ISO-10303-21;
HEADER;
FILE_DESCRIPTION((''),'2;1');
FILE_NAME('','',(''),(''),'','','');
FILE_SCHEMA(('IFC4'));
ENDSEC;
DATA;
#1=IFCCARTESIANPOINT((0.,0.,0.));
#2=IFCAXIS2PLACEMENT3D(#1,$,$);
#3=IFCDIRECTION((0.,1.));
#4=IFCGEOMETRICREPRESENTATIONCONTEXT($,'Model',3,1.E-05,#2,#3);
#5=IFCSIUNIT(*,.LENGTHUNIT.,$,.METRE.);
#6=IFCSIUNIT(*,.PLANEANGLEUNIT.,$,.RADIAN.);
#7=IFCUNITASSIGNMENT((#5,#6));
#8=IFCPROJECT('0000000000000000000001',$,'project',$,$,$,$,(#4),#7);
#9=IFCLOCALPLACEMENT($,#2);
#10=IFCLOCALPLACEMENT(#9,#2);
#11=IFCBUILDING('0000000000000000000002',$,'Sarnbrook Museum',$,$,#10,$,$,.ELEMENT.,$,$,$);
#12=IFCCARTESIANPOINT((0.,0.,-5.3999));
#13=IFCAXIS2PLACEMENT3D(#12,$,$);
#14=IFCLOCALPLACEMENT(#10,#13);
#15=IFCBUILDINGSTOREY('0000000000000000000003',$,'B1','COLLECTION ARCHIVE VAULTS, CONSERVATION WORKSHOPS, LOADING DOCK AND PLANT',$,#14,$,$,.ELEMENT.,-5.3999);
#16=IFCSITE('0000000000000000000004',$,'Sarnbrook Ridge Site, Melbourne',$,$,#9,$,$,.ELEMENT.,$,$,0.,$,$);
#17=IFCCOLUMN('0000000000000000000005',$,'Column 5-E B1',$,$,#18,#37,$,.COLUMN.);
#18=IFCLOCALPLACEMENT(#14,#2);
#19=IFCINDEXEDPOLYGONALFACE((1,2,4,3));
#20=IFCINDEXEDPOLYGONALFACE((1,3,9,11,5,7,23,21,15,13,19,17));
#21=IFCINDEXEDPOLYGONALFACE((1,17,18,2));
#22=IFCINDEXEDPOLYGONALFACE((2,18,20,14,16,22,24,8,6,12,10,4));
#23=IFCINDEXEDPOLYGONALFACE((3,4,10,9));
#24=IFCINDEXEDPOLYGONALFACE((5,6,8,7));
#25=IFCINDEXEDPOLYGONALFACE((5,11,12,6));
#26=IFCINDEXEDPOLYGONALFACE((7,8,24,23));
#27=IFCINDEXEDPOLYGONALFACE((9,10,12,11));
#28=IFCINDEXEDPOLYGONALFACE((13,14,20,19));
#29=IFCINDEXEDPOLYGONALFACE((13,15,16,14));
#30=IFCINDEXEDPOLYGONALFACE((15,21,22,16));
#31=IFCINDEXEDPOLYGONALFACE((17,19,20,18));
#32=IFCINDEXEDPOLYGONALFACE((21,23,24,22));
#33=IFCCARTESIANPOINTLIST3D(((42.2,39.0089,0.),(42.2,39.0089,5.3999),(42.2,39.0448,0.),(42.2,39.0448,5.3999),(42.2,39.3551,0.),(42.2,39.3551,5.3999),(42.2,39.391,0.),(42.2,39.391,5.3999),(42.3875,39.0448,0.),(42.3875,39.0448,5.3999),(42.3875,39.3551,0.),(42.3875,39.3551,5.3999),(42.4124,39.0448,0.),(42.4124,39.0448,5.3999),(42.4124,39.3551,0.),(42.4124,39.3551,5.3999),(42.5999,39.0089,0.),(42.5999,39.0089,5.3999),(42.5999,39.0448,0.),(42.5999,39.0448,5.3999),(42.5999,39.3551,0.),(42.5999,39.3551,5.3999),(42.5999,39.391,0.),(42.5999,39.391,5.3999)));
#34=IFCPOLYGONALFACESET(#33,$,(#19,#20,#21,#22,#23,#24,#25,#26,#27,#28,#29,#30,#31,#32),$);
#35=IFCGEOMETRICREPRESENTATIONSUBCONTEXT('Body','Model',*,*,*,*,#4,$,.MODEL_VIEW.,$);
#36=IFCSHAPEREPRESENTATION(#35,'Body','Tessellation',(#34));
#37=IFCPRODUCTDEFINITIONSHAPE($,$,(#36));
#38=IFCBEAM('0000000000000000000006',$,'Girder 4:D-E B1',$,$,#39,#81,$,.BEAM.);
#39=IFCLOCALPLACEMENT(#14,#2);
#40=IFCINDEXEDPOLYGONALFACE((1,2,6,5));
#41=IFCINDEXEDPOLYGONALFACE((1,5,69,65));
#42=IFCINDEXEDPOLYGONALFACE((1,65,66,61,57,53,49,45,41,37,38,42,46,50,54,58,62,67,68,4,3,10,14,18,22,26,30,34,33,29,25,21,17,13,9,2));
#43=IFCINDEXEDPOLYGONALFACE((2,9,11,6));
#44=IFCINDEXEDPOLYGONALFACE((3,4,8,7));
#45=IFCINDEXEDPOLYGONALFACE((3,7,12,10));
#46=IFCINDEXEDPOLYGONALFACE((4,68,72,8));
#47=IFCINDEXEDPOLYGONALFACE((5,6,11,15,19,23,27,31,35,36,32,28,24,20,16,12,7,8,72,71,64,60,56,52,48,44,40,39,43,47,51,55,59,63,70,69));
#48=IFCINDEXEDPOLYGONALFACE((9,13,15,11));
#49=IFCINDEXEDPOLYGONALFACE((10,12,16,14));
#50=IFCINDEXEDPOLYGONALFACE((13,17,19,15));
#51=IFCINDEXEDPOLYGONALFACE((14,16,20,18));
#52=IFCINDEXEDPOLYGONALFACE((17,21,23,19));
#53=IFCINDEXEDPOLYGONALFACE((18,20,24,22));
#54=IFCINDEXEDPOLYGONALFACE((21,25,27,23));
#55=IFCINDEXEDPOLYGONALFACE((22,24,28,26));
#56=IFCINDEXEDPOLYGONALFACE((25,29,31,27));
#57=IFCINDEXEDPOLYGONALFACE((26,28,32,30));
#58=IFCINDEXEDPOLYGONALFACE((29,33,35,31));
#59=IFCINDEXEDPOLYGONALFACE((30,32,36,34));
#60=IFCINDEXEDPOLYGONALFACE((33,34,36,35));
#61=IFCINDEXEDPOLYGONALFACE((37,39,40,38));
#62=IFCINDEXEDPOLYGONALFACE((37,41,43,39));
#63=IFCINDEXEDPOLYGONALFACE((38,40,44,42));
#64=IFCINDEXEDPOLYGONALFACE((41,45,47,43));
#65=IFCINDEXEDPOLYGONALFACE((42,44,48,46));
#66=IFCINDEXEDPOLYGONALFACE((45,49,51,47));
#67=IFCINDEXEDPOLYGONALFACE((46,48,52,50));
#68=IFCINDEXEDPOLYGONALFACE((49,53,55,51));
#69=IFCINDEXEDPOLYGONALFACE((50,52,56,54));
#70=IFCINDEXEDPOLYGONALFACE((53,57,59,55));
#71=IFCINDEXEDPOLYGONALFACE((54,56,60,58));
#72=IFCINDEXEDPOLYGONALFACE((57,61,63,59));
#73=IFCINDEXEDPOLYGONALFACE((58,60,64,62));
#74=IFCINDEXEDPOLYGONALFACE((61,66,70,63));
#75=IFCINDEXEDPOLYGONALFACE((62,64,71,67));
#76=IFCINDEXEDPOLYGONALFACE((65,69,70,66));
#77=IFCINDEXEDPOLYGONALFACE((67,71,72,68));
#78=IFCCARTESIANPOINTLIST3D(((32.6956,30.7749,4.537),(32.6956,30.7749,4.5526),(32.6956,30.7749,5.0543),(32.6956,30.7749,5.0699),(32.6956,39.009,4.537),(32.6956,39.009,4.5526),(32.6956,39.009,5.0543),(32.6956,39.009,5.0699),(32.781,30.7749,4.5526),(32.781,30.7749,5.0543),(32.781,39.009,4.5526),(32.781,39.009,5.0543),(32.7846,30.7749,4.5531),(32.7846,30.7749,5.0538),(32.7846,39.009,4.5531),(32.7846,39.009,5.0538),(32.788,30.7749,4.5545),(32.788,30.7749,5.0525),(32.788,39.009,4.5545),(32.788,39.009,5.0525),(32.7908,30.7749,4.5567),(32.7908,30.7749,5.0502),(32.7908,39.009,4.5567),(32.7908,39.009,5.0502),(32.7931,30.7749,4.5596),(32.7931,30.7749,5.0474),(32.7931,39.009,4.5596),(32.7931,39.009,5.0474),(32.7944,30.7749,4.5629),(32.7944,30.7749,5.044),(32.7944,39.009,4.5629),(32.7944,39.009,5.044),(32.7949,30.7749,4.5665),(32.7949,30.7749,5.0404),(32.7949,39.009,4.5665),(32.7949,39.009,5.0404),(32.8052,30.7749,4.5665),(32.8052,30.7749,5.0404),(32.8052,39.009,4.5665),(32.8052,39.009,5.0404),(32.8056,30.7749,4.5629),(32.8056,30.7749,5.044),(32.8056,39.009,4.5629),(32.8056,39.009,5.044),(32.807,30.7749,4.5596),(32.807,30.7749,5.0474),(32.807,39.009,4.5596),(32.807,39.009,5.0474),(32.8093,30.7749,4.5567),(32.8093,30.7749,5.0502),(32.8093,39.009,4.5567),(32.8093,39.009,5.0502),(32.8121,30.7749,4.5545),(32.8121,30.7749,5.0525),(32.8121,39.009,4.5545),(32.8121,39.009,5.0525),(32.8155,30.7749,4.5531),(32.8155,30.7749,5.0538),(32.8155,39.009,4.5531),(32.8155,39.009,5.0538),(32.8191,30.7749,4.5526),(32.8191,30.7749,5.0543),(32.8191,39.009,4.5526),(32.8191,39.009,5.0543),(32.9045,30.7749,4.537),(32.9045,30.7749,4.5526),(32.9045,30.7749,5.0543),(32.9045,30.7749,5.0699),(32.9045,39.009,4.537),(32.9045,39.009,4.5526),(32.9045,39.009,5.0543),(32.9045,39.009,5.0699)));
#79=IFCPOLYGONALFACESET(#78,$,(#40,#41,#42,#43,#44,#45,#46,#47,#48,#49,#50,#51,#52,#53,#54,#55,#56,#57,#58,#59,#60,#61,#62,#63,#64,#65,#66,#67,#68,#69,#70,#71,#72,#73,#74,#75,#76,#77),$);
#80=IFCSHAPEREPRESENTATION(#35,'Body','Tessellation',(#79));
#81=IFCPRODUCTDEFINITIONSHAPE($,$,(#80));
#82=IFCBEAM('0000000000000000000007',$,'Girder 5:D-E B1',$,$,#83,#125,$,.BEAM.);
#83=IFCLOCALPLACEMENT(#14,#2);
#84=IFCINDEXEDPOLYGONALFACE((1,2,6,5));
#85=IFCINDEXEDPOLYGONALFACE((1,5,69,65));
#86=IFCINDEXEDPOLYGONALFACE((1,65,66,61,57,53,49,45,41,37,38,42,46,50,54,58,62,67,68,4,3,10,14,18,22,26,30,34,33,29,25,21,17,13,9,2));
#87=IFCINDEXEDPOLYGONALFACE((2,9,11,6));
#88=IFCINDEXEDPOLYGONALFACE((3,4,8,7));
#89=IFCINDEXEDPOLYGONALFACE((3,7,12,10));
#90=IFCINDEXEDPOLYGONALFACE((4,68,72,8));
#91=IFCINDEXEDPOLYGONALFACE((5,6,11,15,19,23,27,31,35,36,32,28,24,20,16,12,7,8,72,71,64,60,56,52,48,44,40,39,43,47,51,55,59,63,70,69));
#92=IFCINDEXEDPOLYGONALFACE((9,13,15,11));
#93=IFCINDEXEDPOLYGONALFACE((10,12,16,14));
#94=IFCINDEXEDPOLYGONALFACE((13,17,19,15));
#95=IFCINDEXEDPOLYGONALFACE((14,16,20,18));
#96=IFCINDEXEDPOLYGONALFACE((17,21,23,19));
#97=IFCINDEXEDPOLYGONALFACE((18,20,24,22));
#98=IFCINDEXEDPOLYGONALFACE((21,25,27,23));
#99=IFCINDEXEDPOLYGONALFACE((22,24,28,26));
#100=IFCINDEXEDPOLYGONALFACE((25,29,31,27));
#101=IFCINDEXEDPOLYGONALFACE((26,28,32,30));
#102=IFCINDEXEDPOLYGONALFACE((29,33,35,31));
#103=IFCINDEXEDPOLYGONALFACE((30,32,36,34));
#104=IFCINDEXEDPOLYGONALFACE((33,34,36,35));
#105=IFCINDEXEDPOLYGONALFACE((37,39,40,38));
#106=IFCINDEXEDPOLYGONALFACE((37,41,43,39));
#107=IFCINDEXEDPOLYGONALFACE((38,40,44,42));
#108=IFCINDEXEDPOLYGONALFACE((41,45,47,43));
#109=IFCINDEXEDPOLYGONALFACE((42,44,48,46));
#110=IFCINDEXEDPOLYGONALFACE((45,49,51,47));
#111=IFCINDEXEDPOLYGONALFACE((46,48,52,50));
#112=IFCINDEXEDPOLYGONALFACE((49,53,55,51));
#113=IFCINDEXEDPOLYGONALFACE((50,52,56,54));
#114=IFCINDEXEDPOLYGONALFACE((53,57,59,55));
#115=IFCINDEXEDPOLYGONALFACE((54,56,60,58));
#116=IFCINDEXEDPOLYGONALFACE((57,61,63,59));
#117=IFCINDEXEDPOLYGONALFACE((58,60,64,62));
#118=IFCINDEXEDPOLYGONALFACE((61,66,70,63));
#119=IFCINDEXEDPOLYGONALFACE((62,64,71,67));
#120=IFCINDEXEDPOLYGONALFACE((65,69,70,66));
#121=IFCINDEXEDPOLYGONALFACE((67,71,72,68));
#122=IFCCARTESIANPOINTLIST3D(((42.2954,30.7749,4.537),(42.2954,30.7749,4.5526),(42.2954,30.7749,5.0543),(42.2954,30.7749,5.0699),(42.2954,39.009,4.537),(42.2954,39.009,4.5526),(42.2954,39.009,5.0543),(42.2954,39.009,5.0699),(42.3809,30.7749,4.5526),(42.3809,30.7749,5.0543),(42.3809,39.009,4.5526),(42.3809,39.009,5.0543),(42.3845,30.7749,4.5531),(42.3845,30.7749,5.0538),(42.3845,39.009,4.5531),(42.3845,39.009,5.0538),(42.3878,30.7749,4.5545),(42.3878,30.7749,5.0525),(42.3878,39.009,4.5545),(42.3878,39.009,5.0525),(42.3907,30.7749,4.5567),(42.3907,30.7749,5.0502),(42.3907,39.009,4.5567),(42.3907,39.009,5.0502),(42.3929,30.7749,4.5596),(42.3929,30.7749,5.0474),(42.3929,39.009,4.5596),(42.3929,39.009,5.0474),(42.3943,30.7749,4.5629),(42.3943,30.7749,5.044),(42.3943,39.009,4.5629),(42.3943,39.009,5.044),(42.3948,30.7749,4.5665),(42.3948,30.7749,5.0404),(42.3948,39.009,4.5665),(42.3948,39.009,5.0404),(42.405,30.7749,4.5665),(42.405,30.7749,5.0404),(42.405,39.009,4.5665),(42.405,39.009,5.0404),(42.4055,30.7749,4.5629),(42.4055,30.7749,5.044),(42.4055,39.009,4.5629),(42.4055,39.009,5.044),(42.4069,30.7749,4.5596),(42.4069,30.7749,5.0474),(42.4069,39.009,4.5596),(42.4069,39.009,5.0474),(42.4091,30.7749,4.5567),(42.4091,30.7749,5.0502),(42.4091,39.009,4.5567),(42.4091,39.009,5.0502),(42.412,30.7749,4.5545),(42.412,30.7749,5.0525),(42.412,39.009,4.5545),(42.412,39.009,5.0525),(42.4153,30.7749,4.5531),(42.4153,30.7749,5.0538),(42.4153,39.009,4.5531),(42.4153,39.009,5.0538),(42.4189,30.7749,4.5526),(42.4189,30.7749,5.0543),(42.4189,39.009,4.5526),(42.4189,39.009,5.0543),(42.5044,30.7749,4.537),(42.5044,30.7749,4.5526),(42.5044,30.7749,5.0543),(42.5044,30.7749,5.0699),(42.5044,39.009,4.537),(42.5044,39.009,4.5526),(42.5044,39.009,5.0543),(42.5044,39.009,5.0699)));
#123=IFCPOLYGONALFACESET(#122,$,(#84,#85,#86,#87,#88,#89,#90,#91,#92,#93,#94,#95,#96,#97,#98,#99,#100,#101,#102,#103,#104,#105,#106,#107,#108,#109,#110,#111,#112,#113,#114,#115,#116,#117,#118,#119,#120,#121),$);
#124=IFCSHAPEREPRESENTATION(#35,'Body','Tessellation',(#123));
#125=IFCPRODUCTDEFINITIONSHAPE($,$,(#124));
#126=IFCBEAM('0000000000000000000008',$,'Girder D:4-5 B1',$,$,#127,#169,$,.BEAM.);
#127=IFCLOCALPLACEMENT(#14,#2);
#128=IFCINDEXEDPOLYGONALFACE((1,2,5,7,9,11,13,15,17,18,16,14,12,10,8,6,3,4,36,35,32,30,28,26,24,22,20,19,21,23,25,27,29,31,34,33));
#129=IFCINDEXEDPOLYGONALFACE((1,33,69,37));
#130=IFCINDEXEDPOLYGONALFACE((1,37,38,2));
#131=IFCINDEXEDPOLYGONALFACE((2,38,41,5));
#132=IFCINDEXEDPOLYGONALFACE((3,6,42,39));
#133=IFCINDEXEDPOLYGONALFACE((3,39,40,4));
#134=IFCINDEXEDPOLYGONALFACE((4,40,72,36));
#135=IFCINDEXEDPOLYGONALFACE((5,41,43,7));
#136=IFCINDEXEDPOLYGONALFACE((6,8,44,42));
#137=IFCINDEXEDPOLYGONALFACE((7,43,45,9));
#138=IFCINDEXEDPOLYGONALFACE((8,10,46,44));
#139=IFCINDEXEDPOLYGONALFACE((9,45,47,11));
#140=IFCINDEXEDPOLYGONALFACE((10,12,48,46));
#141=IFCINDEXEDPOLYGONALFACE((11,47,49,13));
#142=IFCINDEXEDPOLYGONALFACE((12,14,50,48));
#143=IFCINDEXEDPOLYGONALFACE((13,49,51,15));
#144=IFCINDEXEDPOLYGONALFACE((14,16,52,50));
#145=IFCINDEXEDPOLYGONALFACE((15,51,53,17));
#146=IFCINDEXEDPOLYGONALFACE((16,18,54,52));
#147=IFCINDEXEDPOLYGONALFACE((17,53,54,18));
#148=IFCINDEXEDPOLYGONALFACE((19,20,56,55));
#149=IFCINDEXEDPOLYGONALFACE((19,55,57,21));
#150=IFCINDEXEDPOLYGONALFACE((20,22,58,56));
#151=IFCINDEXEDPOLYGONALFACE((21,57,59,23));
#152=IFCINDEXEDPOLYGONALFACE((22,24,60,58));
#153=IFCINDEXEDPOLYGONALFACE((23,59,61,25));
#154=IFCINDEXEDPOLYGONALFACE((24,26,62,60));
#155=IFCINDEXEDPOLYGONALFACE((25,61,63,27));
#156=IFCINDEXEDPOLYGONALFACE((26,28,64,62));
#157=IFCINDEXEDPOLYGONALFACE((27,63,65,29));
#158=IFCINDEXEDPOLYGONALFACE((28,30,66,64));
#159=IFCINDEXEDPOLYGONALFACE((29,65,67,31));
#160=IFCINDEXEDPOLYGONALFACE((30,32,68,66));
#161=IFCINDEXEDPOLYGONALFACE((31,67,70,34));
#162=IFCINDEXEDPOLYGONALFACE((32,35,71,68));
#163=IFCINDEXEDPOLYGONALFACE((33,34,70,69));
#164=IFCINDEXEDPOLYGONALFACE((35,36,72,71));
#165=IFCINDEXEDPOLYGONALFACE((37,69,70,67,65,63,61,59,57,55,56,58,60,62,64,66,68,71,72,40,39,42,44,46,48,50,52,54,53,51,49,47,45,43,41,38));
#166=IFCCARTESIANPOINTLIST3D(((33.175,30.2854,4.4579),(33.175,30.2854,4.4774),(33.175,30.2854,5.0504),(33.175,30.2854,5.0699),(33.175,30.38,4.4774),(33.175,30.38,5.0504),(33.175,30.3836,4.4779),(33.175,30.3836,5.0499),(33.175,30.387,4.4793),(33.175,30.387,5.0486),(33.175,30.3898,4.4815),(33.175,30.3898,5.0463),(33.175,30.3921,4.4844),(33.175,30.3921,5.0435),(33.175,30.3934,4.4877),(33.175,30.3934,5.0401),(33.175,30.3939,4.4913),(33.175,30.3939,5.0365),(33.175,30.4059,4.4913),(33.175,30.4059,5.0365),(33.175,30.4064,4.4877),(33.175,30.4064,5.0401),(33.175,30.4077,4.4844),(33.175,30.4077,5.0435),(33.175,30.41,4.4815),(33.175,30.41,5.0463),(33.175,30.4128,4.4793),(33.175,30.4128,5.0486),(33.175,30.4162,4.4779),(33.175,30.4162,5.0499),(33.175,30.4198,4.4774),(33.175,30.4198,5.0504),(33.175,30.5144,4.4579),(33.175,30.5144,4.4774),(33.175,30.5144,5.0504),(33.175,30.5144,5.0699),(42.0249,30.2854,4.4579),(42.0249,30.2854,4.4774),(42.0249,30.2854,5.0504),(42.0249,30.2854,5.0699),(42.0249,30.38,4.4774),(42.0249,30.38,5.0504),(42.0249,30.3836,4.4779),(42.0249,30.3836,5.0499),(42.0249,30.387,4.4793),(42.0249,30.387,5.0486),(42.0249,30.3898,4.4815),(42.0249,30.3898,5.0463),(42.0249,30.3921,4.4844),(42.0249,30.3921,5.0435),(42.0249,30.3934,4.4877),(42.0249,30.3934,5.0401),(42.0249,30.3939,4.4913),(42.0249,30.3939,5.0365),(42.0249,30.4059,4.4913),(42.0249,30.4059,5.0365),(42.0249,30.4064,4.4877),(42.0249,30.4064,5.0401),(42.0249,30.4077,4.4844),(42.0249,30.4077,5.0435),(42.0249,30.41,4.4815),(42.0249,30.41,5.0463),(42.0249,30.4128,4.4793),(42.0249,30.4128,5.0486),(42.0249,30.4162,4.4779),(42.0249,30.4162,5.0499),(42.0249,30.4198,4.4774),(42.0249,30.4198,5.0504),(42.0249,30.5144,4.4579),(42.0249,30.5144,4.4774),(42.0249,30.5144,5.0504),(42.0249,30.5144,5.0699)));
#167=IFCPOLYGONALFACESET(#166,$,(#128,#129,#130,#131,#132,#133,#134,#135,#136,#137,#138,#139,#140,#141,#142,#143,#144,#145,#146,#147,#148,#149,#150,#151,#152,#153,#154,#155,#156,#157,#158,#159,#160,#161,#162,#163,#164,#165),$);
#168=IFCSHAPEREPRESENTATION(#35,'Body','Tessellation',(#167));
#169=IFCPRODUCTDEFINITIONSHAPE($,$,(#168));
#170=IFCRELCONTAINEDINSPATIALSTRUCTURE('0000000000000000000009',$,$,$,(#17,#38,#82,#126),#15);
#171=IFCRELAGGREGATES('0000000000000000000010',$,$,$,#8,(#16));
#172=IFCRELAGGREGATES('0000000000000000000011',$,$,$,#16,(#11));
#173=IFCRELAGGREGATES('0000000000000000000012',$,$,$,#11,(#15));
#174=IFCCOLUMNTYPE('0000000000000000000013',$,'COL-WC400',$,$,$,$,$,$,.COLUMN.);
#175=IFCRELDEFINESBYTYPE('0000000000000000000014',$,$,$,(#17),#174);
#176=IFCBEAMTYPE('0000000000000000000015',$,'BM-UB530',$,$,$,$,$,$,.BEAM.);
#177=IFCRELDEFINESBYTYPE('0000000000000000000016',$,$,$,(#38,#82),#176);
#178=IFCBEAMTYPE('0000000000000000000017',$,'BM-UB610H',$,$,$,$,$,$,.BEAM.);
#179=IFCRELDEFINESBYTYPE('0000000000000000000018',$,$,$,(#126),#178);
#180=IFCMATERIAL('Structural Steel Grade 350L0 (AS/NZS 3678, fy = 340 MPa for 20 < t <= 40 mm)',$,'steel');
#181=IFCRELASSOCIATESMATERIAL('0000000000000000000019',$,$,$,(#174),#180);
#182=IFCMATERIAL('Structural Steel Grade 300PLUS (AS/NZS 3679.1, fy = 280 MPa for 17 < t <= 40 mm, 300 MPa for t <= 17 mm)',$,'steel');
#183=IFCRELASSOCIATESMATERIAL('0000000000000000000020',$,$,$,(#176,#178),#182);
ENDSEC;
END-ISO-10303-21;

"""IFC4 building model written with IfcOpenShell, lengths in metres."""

from ifc_helpers import new_model, si_unit, direction, frame, origin, origin_2d, place, context, subcontext, project, spatial, i_section, extrude, material, material_profile, profile_set, type_object, element, save


model = new_model("IFC4")

# Units and contexts
model_context = context("Model", 3, precision=1e-05, world=origin(), true_north=direction((0.0, 1.0)))
body_context = subcontext(model_context, "Body", "Model", "MODEL_VIEW")
ifc_project = project(units=[si_unit("LENGTHUNIT", "METRE"), si_unit("PLANEANGLEUNIT", "RADIAN")], contexts=[model_context])

# Site, building, storey
site_placement = place(None, origin())
site = spatial("IfcSite", under=ifc_project, at=site_placement, Name="Sarnbrook Ridge Site, Melbourne", CompositionType="ELEMENT", RefElevation=0.0)
building_placement = place(site_placement, origin())
building = spatial("IfcBuilding", under=site, at=building_placement, Name="Sarnbrook Museum", CompositionType="ELEMENT")
storey_placement = place(building_placement, frame((0.0, 0.0, -5.3999)))
storey = spatial("IfcBuildingStorey", under=building, at=storey_placement, Name="B1", Description="COLLECTION ARCHIVE VAULTS, CONSERVATION WORKSHOPS, LOADING DOCK AND PLANT", CompositionType="ELEMENT", Elevation=-5.3999)

# Column
ifc_material_1 = material(Name="Structural Steel Grade 350L0 (AS/NZS 3678, fy = 340 MPa for 20 < t <= 40 mm)", Category="steel")
ifc_material_profile_1 = material_profile(ifc_material_1, i_section(OverallWidth=0.3999, OverallDepth=0.3821, WebThickness=0.0249, FlangeThickness=0.0359, at=origin_2d()), Name="400WC270")
ifc_profile_set_1 = profile_set([ifc_material_profile_1], Name="Structural Steel Grade 350L0 (AS/NZS 3678, fy = 340 MPa for 20 < t <= 40 mm)")
column_type_1 = type_object("IfcColumnType", Name="COL-WC400", PredefinedType="COLUMN", material=ifc_profile_set_1)
for number, where, z_axis, x_axis, name in (
    (1, (42.3999, 39.2, 0.0), (0.0, 0.0, 1.0), (1.0, 0.0, 0.0), "Column 5-E B1"),
):
    element("IfcColumn", number, at=place(storey_placement, frame(where, z_axis=z_axis, x_axis=x_axis)), inside=storey, type_object=column_type_1, Name=name, PredefinedType="COLUMN", context=body_context, shape_type="SweptSolid", body=[
        extrude(i_section(OverallWidth=0.3999, OverallDepth=0.3821, WebThickness=0.0249, FlangeThickness=0.0359, at=origin_2d()), origin(), (0.0, 0.0, 1.0), 5.3999),
    ])

# Beams
ifc_material_2 = material(Name="Structural Steel Grade 300PLUS (AS/NZS 3679.1, fy = 280 MPa for 17 < t <= 40 mm, 300 MPa for t <= 17 mm)", Category="steel")
ifc_material_profile_2 = material_profile(ifc_material_2, i_section(OverallWidth=0.209, OverallDepth=0.533, WebThickness=0.0103, FlangeThickness=0.0156, FilletRadius=0.0139, at=origin_2d()), Name="530UB92.4")
ifc_profile_set_2 = profile_set([ifc_material_profile_2], Name="Structural Steel Grade 300PLUS (AS/NZS 3679.1, fy = 280 MPa for 17 < t <= 40 mm, 300 MPa for t <= 17 mm)")
beam_type_1 = type_object("IfcBeamType", Name="BM-UB530", PredefinedType="BEAM", material=ifc_profile_set_2)
for number, where, z_axis, x_axis, name in (
    (2, (32.8, 30.7749, 4.8035), (0.0, 1.0, 0.0), (-1.0, 0.0, 0.0), "Girder 4:D-E B1"),
    (3, (42.3999, 30.7749, 4.8035), (0.0, 1.0, 0.0), (-1.0, 0.0, 0.0), "Girder 5:D-E B1"),
):
    element("IfcBeam", number, at=place(storey_placement, frame(where, z_axis=z_axis, x_axis=x_axis)), inside=storey, type_object=beam_type_1, Name=name, PredefinedType="BEAM", context=body_context, shape_type="SweptSolid", body=[
        extrude(i_section(OverallWidth=0.209, OverallDepth=0.533, WebThickness=0.0103, FlangeThickness=0.0156, FilletRadius=0.0139, at=origin_2d()), origin(), (0.0, 0.0, 1.0), 8.2341),
    ])
ifc_material_profile_3 = material_profile(ifc_material_2, i_section(OverallWidth=0.229, OverallDepth=0.6121, WebThickness=0.012, FlangeThickness=0.0195, FilletRadius=0.0139, at=origin_2d()), Name="610UB125")
ifc_profile_set_3 = profile_set([ifc_material_profile_3], Name="Structural Steel Grade 300PLUS (AS/NZS 3679.1, fy = 280 MPa for 17 < t <= 40 mm, 300 MPa for t <= 17 mm)")
beam_type_2 = type_object("IfcBeamType", Name="BM-UB610H", PredefinedType="BEAM", material=ifc_profile_set_3)
beam_1_placement = place(storey_placement, frame((33.175, 30.3999, 4.7639), z_axis=(1.0, 0.0, 0.0), x_axis=(0.0, 1.0, 0.0)))
element("IfcBeam", 4, at=beam_1_placement, inside=storey, type_object=beam_type_2, Name="Girder D:4-5 B1", PredefinedType="BEAM", context=body_context, shape_type="SweptSolid", body=[
    extrude(i_section(OverallWidth=0.229, OverallDepth=0.6121, WebThickness=0.012, FlangeThickness=0.0195, FilletRadius=0.0139, at=origin_2d()), origin(), (0.0, 0.0, 1.0), 8.8499),
])

save(model, "model.ifc")
